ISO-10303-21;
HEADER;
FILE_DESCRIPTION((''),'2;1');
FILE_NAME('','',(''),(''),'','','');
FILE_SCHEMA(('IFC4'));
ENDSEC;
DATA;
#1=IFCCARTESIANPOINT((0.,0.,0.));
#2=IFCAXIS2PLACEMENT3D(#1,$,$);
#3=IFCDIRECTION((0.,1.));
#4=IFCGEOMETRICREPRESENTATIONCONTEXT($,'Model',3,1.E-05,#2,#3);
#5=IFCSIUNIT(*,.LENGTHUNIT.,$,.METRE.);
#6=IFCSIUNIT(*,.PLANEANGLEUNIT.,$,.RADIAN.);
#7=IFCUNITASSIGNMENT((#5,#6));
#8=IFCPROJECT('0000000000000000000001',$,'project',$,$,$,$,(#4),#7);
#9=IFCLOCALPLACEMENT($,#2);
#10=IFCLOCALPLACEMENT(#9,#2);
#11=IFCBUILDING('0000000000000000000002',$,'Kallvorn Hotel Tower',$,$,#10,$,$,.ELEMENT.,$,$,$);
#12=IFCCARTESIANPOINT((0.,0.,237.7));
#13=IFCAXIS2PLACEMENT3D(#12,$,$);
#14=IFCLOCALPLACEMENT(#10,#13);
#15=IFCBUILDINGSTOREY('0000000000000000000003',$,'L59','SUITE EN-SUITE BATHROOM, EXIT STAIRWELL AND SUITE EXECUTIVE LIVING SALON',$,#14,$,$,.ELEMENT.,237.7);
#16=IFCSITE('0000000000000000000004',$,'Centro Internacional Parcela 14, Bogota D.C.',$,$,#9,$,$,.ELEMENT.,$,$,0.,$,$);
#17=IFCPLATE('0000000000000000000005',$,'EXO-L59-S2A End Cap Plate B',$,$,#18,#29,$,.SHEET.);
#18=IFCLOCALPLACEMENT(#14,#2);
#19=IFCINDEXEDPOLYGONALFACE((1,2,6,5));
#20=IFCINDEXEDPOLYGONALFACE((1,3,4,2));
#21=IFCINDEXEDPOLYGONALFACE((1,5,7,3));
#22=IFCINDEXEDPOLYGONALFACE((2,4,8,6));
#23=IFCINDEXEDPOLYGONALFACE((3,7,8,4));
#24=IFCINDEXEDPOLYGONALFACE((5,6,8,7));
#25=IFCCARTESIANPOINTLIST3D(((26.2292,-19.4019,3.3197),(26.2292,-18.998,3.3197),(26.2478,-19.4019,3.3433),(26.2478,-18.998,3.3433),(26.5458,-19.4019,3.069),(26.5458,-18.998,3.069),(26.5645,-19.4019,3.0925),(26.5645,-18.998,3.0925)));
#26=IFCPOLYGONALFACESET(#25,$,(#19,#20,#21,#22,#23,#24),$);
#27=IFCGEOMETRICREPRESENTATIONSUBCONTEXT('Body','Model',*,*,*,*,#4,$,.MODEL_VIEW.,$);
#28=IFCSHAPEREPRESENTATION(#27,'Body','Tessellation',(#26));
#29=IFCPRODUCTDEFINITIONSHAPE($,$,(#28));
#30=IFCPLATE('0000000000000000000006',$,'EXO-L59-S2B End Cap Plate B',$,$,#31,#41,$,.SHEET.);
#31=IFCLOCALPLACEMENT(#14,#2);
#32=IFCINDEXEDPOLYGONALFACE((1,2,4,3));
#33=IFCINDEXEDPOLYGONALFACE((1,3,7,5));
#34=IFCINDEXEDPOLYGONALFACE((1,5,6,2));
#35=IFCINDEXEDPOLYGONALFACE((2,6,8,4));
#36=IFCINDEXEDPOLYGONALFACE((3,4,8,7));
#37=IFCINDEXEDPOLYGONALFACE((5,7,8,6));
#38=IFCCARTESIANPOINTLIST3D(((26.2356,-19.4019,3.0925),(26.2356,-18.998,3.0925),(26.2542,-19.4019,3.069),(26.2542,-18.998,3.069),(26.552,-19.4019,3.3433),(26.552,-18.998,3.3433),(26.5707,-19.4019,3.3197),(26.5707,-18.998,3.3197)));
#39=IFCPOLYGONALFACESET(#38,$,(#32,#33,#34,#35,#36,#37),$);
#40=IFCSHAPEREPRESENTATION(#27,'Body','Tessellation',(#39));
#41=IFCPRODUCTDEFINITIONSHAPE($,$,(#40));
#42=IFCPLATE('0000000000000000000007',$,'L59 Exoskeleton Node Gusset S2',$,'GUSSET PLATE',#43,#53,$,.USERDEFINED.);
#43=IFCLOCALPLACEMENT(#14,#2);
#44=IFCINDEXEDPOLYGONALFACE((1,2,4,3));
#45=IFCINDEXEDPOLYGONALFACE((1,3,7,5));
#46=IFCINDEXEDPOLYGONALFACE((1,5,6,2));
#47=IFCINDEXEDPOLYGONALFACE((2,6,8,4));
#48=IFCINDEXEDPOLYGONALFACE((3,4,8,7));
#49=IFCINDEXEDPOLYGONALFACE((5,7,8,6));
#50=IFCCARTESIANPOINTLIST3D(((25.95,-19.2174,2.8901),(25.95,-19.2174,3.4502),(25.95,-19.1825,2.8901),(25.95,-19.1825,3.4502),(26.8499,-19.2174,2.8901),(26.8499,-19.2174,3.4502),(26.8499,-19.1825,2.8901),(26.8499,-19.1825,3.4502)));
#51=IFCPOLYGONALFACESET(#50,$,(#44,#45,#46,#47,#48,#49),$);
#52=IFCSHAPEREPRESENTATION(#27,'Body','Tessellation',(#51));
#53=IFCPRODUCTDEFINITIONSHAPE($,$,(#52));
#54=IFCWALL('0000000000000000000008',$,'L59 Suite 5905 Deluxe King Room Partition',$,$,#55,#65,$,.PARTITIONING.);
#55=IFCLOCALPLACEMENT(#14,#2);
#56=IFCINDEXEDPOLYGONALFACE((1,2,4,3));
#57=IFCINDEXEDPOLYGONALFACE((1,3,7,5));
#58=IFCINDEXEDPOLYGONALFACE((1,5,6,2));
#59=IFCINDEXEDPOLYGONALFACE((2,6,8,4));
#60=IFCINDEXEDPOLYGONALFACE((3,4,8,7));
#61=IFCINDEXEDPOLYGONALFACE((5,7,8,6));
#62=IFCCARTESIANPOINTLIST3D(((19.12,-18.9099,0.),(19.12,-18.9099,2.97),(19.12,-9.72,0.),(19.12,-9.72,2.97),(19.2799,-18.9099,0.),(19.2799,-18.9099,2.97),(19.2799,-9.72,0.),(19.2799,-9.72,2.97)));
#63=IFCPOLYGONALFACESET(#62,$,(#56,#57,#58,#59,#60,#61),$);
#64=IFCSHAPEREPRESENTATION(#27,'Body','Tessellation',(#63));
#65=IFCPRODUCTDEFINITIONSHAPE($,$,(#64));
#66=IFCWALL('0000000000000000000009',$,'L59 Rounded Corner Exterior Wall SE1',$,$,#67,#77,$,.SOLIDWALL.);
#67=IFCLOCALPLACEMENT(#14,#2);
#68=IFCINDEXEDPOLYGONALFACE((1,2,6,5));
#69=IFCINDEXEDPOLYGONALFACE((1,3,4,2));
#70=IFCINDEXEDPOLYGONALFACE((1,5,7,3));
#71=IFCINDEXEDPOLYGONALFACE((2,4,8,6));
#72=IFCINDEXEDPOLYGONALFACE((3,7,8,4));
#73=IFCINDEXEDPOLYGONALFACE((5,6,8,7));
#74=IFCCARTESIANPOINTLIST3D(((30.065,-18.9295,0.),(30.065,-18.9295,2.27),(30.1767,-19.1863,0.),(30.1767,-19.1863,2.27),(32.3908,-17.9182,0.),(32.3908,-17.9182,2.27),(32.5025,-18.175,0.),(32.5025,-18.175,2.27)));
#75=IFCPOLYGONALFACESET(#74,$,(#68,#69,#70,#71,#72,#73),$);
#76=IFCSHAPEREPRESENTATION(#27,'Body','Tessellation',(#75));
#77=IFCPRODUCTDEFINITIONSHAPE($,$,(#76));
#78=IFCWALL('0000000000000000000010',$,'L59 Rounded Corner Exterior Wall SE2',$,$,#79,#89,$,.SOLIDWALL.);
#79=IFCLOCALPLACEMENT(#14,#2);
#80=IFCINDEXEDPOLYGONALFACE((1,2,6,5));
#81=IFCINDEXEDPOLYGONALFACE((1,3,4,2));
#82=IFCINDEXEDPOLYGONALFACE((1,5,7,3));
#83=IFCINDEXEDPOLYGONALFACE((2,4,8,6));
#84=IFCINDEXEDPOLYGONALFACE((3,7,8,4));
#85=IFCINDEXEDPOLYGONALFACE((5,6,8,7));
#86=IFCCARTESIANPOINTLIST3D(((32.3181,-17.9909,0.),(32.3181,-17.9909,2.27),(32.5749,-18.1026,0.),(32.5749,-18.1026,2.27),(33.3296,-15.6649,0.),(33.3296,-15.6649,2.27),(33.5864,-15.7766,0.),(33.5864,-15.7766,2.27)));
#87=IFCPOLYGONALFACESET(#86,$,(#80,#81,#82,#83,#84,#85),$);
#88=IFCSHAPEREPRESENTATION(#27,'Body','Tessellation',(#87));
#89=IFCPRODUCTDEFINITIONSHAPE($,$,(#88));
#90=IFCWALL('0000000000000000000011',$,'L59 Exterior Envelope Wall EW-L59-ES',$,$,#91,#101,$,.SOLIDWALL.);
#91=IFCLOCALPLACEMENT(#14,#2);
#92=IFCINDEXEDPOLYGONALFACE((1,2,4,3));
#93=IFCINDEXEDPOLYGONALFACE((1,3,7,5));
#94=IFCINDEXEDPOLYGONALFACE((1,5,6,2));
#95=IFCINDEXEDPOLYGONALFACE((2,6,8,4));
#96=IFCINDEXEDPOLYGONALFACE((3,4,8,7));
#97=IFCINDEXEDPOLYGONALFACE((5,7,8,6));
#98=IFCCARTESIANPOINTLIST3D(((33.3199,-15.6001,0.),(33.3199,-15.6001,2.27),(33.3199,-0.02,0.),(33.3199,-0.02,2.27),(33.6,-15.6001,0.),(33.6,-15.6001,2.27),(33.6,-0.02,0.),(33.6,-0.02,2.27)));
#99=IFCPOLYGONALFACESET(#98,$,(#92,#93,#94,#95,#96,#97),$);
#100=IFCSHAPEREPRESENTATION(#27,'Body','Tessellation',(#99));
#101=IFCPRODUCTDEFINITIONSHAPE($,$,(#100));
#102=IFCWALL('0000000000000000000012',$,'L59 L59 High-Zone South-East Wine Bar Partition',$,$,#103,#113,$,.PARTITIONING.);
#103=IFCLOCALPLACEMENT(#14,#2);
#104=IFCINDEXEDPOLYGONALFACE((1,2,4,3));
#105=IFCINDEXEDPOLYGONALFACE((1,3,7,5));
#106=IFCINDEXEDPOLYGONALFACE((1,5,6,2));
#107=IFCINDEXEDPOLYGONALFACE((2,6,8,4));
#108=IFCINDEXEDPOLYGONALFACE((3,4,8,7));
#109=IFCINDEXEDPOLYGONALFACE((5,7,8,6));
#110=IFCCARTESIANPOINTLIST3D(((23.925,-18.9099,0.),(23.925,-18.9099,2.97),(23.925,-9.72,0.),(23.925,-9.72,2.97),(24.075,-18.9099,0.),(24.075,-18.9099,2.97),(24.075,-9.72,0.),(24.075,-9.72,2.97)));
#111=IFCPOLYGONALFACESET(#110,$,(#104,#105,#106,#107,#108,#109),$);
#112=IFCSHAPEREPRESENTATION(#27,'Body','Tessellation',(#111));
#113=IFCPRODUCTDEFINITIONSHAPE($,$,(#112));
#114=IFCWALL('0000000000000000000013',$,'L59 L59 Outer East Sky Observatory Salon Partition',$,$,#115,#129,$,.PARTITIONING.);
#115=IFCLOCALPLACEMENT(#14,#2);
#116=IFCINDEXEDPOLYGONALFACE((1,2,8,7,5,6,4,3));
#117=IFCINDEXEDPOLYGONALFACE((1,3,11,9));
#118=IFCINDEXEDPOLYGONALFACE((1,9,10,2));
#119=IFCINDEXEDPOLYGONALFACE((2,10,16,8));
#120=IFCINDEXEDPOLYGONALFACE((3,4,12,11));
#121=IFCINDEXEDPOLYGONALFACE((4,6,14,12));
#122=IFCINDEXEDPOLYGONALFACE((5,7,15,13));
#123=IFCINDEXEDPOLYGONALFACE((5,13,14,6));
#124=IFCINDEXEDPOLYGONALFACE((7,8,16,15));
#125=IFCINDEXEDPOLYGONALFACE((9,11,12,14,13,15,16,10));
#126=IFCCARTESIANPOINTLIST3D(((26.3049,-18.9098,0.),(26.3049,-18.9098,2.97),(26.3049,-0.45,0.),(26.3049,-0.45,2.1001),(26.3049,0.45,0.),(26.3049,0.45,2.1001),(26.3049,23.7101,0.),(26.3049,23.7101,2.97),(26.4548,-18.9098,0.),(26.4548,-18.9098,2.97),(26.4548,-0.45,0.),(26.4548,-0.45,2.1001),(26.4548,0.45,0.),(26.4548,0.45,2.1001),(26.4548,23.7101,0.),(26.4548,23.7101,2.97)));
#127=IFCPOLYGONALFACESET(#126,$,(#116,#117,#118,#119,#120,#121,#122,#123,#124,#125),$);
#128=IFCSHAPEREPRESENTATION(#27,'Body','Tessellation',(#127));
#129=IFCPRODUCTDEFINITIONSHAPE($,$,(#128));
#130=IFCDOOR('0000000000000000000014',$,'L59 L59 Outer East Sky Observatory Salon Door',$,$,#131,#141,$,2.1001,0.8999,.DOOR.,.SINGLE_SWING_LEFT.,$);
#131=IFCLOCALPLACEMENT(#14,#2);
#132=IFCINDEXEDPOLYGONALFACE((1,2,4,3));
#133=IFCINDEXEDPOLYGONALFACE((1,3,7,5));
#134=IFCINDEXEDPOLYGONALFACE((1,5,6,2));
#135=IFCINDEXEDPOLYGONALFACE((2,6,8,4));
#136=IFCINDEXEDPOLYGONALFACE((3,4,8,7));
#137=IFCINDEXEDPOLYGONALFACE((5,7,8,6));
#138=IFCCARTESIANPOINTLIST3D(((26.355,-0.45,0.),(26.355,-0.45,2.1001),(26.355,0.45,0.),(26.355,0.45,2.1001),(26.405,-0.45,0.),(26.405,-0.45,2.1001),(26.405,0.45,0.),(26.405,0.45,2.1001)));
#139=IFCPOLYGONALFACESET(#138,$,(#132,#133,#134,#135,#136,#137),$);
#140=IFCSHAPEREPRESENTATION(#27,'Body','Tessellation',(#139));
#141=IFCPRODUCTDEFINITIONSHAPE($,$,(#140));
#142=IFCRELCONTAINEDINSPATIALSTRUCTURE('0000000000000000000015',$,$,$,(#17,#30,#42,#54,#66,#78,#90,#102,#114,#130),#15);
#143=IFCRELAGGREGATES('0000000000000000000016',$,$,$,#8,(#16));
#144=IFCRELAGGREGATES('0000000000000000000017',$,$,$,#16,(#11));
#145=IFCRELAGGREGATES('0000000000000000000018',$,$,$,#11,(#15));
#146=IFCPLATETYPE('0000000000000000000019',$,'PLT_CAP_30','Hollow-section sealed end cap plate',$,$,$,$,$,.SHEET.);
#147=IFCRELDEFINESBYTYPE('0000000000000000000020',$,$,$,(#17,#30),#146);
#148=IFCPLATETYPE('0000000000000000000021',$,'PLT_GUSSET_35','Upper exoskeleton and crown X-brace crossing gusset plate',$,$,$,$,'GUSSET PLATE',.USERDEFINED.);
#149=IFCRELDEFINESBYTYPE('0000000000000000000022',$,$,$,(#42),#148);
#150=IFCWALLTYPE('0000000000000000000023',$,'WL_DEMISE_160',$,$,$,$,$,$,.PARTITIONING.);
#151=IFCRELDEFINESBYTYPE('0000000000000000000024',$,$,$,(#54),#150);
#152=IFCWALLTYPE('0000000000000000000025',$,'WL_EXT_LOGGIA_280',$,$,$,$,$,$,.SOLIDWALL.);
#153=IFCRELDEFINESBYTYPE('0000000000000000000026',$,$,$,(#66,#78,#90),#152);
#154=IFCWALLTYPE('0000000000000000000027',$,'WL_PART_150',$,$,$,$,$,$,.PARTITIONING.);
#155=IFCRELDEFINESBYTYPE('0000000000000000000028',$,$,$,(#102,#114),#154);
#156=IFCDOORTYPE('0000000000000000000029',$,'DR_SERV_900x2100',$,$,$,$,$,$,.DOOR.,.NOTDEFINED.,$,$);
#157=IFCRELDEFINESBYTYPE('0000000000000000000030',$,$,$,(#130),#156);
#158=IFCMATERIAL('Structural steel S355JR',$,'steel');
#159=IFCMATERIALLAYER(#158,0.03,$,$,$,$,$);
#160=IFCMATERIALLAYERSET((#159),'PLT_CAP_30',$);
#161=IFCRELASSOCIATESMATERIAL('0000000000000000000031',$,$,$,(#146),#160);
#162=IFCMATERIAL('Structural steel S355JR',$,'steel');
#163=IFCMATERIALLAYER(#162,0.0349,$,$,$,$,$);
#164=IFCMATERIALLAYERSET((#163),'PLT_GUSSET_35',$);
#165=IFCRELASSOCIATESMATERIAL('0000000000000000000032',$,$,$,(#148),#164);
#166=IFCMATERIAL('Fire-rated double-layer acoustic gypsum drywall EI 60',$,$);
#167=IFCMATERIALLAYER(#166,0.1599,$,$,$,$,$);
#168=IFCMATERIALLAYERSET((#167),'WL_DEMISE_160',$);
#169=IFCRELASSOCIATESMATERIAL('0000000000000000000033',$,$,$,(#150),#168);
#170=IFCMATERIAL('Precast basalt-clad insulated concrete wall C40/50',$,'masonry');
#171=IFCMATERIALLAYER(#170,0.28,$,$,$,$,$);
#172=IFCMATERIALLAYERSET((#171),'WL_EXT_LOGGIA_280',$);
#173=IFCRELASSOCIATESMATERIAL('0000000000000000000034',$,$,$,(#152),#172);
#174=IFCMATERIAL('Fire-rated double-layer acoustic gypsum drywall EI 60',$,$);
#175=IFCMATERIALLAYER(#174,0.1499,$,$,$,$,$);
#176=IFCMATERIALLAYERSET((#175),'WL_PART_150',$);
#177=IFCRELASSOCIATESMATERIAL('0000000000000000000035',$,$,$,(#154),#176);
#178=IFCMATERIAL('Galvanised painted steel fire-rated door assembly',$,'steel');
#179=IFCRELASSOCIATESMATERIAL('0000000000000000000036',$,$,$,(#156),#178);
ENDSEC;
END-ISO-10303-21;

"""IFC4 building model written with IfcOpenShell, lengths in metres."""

from ifc_helpers import new_model, si_unit, direction, frame, frame_2d, origin, origin_2d, place, context, subcontext, project, spatial, polyline, rectangle, outline, extrude, material, layer, layer_set, type_object, element, fill, save


model = new_model("IFC4")

# Units and contexts
model_context = context("Model", 3, precision=1e-05, world=origin(), true_north=direction((0.0, 1.0)))
body_context = subcontext(model_context, "Body", "Model", "MODEL_VIEW")
ifc_project = project(units=[si_unit("LENGTHUNIT", "METRE"), si_unit("PLANEANGLEUNIT", "RADIAN")], contexts=[model_context])

# Site, building, storey
site_placement = place(None, origin())
site = spatial("IfcSite", under=ifc_project, at=site_placement, Name="Centro Internacional Parcela 14, Bogota D.C.", CompositionType="ELEMENT", RefElevation=0.0)
building_placement = place(site_placement, origin())
building = spatial("IfcBuilding", under=site, at=building_placement, Name="Kallvorn Hotel Tower", CompositionType="ELEMENT")
storey_placement = place(building_placement, frame((0.0, 0.0, 237.7)))
storey = spatial("IfcBuildingStorey", under=building, at=storey_placement, Name="L59", Description="SUITE EN-SUITE BATHROOM, EXIT STAIRWELL AND SUITE EXECUTIVE LIVING SALON", CompositionType="ELEMENT", Elevation=237.7)

# Plates
ifc_material_1 = material(Name="Structural steel S355JR", Category="steel")
ifc_layer_1 = layer(ifc_material_1, 0.03)
ifc_layer_set_1 = layer_set([ifc_layer_1], Name="PLT_CAP_30")
plate_type_1 = type_object("IfcPlateType", Name="PLT_CAP_30", Description="Hollow-section sealed end cap plate", PredefinedType="SHEET", material=ifc_layer_set_1)
plate_1_placement = place(storey_placement, frame((26.5645, -19.4019, 3.0925), z_axis=(0.62078, 0.0, 0.783985), x_axis=(0.0, 1.0, 0.0)))
element("IfcPlate", 1, at=plate_1_placement, inside=storey, type_object=plate_type_1, Name="EXO-L59-S2A End Cap Plate B", PredefinedType="SHEET", context=body_context, shape_type="SweptSolid", body=[
    extrude(outline(polyline([(0.0, 0.0), (0.4038, 0.0), (0.4038, 0.4039), (0.0, 0.4039), (0.0, 0.0)])), origin(), (0.0, 0.0, -1.0), 0.03),
])
plate_2_placement = place(storey_placement, frame((26.2356, -18.998, 3.0925), z_axis=(-0.621075, 0.0, 0.783751), x_axis=(0.0, -1.0, 0.0)))
element("IfcPlate", 2, at=plate_2_placement, inside=storey, type_object=plate_type_1, Name="EXO-L59-S2B End Cap Plate B", PredefinedType="SHEET", context=body_context, shape_type="SweptSolid", body=[
    extrude(outline(polyline([(0.0, 0.0), (0.4038, 0.0), (0.4038, 0.4037), (0.0, 0.4037), (0.0, 0.0)])), origin(), (0.0, 0.0, -1.0), 0.03),
])
ifc_material_2 = material(Name="Structural steel S355JR", Category="steel")
ifc_layer_2 = layer(ifc_material_2, 0.0349)
ifc_layer_set_2 = layer_set([ifc_layer_2], Name="PLT_GUSSET_35")
plate_type_2 = type_object("IfcPlateType", Name="PLT_GUSSET_35", Description="Upper exoskeleton and crown X-brace crossing gusset plate", ElementType="GUSSET PLATE", PredefinedType="USERDEFINED", material=ifc_layer_set_2)
plate_3_placement = place(storey_placement, frame((26.3999, -19.2, 2.8901), z_axis=(0.0, 0.0, 1.0), x_axis=(1.0, 0.0, 0.0)))
element("IfcPlate", 3, at=plate_3_placement, inside=storey, type_object=plate_type_2, Name="L59 Exoskeleton Node Gusset S2", ObjectType="GUSSET PLATE", PredefinedType="USERDEFINED", context=body_context, shape_type="SweptSolid", body=[
    extrude(rectangle(XDim=0.8999, YDim=0.0349, at=origin_2d()), origin(), (0.0, 0.0, 1.0), 0.5601),
])

# Walls
ifc_material_3 = material(Name="Fire-rated double-layer acoustic gypsum drywall EI 60")
ifc_layer_3 = layer(ifc_material_3, 0.1599)
ifc_layer_set_3 = layer_set([ifc_layer_3], Name="WL_DEMISE_160")
wall_type_1 = type_object("IfcWallType", Name="WL_DEMISE_160", PredefinedType="PARTITIONING", material=ifc_layer_set_3)
wall_1_placement = place(storey_placement, frame((19.2, -18.9099, 0.0), z_axis=(0.0, 0.0, 1.0), x_axis=(0.0, 1.0, 0.0)))
element("IfcWall", 4, at=wall_1_placement, inside=storey, type_object=wall_type_1, Name="L59 Suite 5905 Deluxe King Room Partition", PredefinedType="PARTITIONING", context=body_context, shape_type="SweptSolid", body=[
    extrude(rectangle(XDim=9.1899, YDim=0.1599, at=frame_2d((4.595, 0.0))), origin(), (0.0, 0.0, 1.0), 2.97),
])
ifc_material_4 = material(Name="Precast basalt-clad insulated concrete wall C40/50", Category="masonry")
ifc_layer_4 = layer(ifc_material_4, 0.28)
ifc_layer_set_4 = layer_set([ifc_layer_4], Name="WL_EXT_LOGGIA_280")
wall_type_2 = type_object("IfcWallType", Name="WL_EXT_LOGGIA_280", PredefinedType="SOLIDWALL", material=ifc_layer_set_4)
wall_2_placement = place(storey_placement, frame((30.1208, -19.0579, 0.0), z_axis=(0.0, 0.0, 1.0), x_axis=(0.917061, 0.398747, 0.0)))
element("IfcWall", 5, at=wall_2_placement, inside=storey, type_object=wall_type_2, Name="L59 Rounded Corner Exterior Wall SE1", PredefinedType="SOLIDWALL", context=body_context, shape_type="SweptSolid", body=[
    extrude(rectangle(XDim=2.5361, YDim=0.28, at=frame_2d((1.2681, 0.0))), origin(), (0.0, 0.0, 1.0), 2.27),
])
wall_3_placement = place(storey_placement, frame((32.4465, -18.0466, 0.0), z_axis=(0.0, 0.0, 1.0), x_axis=(0.398793, 0.917041, 0.0)))
element("IfcWall", 6, at=wall_3_placement, inside=storey, type_object=wall_type_2, Name="L59 Rounded Corner Exterior Wall SE2", PredefinedType="SOLIDWALL", context=body_context, shape_type="SweptSolid", body=[
    extrude(rectangle(XDim=2.5364, YDim=0.28, at=frame_2d((1.2681, 0.0))), origin(), (0.0, 0.0, 1.0), 2.27),
])
wall_4_placement = place(storey_placement, frame((33.46, -15.6001, 0.0), z_axis=(0.0, 0.0, 1.0), x_axis=(0.0, 1.0, 0.0)))
element("IfcWall", 7, at=wall_4_placement, inside=storey, type_object=wall_type_2, Name="L59 Exterior Envelope Wall EW-L59-ES", PredefinedType="SOLIDWALL", context=body_context, shape_type="SweptSolid", body=[
    extrude(rectangle(XDim=15.5801, YDim=0.28, at=frame_2d((7.79, 0.0))), origin(), (0.0, 0.0, 1.0), 2.27),
])
ifc_material_5 = material(Name="Fire-rated double-layer acoustic gypsum drywall EI 60")
ifc_layer_5 = layer(ifc_material_5, 0.1499)
ifc_layer_set_5 = layer_set([ifc_layer_5], Name="WL_PART_150")
wall_type_3 = type_object("IfcWallType", Name="WL_PART_150", PredefinedType="PARTITIONING", material=ifc_layer_set_5)
wall_5_placement = place(storey_placement, frame((24.0, -18.9099, 0.0), z_axis=(0.0, 0.0, 1.0), x_axis=(0.0, 1.0, 0.0)))
element("IfcWall", 8, at=wall_5_placement, inside=storey, type_object=wall_type_3, Name="L59 L59 High-Zone South-East Wine Bar Partition", PredefinedType="PARTITIONING", context=body_context, shape_type="SweptSolid", body=[
    extrude(rectangle(XDim=9.1899, YDim=0.1499, at=frame_2d((4.595, 0.0))), origin(), (0.0, 0.0, 1.0), 2.97),
])

# Wall, opening, door
wall_6_placement = place(storey_placement, frame((26.3799, -18.9099, 0.0), z_axis=(0.0, 0.0, 1.0), x_axis=(0.0, 1.0, 0.0)))
wall_6 = element("IfcWall", 9, at=wall_6_placement, inside=storey, type_object=wall_type_3, Name="L59 L59 Outer East Sky Observatory Salon Partition", PredefinedType="PARTITIONING", context=body_context, shape_type="SweptSolid", body=[
    extrude(rectangle(XDim=42.6199, YDim=0.1499, at=frame_2d((21.3101, 0.0))), origin(), (0.0, 0.0, 1.0), 2.97),
])
opening_placement = place(wall_6_placement, frame((18.46, 0.0, 0.0)))
opening = element("IfcOpeningElement", 10, at=opening_placement, cuts=wall_6, PredefinedType="OPENING", context=body_context, shape_type="SweptSolid", body=[
    extrude(rectangle(XDim=0.8999, YDim=2.1001, at=frame_2d((0.45, 1.05))), frame((0.0, 0.0898, 0.0), z_axis=(0.0, -1.0, 0.0), x_axis=(1.0, 0.0, 0.0)), (0.0, 0.0, 1.0), 0.1799),
])
ifc_material_6 = material(Name="Galvanised painted steel fire-rated door assembly", Category="steel")
door_type = type_object("IfcDoorType", Name="DR_SERV_900x2100", OperationType="NOTDEFINED", PredefinedType="DOOR", material=ifc_material_6)
door_placement = place(opening_placement, origin())
door = element("IfcDoor", 11, at=door_placement, inside=storey, type_object=door_type, Name="L59 L59 Outer East Sky Observatory Salon Door", OperationType="SINGLE_SWING_LEFT", OverallHeight=2.1001, OverallWidth=0.8999, PredefinedType="DOOR", context=body_context, shape_type="SweptSolid", body=[
    extrude(rectangle(XDim=0.8999, YDim=2.1001, at=frame_2d((0.45, 1.05))), frame((0.0, 0.0249, 0.0), z_axis=(0.0, -1.0, 0.0), x_axis=(1.0, 0.0, 0.0)), (0.0, 0.0, 1.0), 0.05),
])
fill(opening, door)

save(model, "model.ifc")
